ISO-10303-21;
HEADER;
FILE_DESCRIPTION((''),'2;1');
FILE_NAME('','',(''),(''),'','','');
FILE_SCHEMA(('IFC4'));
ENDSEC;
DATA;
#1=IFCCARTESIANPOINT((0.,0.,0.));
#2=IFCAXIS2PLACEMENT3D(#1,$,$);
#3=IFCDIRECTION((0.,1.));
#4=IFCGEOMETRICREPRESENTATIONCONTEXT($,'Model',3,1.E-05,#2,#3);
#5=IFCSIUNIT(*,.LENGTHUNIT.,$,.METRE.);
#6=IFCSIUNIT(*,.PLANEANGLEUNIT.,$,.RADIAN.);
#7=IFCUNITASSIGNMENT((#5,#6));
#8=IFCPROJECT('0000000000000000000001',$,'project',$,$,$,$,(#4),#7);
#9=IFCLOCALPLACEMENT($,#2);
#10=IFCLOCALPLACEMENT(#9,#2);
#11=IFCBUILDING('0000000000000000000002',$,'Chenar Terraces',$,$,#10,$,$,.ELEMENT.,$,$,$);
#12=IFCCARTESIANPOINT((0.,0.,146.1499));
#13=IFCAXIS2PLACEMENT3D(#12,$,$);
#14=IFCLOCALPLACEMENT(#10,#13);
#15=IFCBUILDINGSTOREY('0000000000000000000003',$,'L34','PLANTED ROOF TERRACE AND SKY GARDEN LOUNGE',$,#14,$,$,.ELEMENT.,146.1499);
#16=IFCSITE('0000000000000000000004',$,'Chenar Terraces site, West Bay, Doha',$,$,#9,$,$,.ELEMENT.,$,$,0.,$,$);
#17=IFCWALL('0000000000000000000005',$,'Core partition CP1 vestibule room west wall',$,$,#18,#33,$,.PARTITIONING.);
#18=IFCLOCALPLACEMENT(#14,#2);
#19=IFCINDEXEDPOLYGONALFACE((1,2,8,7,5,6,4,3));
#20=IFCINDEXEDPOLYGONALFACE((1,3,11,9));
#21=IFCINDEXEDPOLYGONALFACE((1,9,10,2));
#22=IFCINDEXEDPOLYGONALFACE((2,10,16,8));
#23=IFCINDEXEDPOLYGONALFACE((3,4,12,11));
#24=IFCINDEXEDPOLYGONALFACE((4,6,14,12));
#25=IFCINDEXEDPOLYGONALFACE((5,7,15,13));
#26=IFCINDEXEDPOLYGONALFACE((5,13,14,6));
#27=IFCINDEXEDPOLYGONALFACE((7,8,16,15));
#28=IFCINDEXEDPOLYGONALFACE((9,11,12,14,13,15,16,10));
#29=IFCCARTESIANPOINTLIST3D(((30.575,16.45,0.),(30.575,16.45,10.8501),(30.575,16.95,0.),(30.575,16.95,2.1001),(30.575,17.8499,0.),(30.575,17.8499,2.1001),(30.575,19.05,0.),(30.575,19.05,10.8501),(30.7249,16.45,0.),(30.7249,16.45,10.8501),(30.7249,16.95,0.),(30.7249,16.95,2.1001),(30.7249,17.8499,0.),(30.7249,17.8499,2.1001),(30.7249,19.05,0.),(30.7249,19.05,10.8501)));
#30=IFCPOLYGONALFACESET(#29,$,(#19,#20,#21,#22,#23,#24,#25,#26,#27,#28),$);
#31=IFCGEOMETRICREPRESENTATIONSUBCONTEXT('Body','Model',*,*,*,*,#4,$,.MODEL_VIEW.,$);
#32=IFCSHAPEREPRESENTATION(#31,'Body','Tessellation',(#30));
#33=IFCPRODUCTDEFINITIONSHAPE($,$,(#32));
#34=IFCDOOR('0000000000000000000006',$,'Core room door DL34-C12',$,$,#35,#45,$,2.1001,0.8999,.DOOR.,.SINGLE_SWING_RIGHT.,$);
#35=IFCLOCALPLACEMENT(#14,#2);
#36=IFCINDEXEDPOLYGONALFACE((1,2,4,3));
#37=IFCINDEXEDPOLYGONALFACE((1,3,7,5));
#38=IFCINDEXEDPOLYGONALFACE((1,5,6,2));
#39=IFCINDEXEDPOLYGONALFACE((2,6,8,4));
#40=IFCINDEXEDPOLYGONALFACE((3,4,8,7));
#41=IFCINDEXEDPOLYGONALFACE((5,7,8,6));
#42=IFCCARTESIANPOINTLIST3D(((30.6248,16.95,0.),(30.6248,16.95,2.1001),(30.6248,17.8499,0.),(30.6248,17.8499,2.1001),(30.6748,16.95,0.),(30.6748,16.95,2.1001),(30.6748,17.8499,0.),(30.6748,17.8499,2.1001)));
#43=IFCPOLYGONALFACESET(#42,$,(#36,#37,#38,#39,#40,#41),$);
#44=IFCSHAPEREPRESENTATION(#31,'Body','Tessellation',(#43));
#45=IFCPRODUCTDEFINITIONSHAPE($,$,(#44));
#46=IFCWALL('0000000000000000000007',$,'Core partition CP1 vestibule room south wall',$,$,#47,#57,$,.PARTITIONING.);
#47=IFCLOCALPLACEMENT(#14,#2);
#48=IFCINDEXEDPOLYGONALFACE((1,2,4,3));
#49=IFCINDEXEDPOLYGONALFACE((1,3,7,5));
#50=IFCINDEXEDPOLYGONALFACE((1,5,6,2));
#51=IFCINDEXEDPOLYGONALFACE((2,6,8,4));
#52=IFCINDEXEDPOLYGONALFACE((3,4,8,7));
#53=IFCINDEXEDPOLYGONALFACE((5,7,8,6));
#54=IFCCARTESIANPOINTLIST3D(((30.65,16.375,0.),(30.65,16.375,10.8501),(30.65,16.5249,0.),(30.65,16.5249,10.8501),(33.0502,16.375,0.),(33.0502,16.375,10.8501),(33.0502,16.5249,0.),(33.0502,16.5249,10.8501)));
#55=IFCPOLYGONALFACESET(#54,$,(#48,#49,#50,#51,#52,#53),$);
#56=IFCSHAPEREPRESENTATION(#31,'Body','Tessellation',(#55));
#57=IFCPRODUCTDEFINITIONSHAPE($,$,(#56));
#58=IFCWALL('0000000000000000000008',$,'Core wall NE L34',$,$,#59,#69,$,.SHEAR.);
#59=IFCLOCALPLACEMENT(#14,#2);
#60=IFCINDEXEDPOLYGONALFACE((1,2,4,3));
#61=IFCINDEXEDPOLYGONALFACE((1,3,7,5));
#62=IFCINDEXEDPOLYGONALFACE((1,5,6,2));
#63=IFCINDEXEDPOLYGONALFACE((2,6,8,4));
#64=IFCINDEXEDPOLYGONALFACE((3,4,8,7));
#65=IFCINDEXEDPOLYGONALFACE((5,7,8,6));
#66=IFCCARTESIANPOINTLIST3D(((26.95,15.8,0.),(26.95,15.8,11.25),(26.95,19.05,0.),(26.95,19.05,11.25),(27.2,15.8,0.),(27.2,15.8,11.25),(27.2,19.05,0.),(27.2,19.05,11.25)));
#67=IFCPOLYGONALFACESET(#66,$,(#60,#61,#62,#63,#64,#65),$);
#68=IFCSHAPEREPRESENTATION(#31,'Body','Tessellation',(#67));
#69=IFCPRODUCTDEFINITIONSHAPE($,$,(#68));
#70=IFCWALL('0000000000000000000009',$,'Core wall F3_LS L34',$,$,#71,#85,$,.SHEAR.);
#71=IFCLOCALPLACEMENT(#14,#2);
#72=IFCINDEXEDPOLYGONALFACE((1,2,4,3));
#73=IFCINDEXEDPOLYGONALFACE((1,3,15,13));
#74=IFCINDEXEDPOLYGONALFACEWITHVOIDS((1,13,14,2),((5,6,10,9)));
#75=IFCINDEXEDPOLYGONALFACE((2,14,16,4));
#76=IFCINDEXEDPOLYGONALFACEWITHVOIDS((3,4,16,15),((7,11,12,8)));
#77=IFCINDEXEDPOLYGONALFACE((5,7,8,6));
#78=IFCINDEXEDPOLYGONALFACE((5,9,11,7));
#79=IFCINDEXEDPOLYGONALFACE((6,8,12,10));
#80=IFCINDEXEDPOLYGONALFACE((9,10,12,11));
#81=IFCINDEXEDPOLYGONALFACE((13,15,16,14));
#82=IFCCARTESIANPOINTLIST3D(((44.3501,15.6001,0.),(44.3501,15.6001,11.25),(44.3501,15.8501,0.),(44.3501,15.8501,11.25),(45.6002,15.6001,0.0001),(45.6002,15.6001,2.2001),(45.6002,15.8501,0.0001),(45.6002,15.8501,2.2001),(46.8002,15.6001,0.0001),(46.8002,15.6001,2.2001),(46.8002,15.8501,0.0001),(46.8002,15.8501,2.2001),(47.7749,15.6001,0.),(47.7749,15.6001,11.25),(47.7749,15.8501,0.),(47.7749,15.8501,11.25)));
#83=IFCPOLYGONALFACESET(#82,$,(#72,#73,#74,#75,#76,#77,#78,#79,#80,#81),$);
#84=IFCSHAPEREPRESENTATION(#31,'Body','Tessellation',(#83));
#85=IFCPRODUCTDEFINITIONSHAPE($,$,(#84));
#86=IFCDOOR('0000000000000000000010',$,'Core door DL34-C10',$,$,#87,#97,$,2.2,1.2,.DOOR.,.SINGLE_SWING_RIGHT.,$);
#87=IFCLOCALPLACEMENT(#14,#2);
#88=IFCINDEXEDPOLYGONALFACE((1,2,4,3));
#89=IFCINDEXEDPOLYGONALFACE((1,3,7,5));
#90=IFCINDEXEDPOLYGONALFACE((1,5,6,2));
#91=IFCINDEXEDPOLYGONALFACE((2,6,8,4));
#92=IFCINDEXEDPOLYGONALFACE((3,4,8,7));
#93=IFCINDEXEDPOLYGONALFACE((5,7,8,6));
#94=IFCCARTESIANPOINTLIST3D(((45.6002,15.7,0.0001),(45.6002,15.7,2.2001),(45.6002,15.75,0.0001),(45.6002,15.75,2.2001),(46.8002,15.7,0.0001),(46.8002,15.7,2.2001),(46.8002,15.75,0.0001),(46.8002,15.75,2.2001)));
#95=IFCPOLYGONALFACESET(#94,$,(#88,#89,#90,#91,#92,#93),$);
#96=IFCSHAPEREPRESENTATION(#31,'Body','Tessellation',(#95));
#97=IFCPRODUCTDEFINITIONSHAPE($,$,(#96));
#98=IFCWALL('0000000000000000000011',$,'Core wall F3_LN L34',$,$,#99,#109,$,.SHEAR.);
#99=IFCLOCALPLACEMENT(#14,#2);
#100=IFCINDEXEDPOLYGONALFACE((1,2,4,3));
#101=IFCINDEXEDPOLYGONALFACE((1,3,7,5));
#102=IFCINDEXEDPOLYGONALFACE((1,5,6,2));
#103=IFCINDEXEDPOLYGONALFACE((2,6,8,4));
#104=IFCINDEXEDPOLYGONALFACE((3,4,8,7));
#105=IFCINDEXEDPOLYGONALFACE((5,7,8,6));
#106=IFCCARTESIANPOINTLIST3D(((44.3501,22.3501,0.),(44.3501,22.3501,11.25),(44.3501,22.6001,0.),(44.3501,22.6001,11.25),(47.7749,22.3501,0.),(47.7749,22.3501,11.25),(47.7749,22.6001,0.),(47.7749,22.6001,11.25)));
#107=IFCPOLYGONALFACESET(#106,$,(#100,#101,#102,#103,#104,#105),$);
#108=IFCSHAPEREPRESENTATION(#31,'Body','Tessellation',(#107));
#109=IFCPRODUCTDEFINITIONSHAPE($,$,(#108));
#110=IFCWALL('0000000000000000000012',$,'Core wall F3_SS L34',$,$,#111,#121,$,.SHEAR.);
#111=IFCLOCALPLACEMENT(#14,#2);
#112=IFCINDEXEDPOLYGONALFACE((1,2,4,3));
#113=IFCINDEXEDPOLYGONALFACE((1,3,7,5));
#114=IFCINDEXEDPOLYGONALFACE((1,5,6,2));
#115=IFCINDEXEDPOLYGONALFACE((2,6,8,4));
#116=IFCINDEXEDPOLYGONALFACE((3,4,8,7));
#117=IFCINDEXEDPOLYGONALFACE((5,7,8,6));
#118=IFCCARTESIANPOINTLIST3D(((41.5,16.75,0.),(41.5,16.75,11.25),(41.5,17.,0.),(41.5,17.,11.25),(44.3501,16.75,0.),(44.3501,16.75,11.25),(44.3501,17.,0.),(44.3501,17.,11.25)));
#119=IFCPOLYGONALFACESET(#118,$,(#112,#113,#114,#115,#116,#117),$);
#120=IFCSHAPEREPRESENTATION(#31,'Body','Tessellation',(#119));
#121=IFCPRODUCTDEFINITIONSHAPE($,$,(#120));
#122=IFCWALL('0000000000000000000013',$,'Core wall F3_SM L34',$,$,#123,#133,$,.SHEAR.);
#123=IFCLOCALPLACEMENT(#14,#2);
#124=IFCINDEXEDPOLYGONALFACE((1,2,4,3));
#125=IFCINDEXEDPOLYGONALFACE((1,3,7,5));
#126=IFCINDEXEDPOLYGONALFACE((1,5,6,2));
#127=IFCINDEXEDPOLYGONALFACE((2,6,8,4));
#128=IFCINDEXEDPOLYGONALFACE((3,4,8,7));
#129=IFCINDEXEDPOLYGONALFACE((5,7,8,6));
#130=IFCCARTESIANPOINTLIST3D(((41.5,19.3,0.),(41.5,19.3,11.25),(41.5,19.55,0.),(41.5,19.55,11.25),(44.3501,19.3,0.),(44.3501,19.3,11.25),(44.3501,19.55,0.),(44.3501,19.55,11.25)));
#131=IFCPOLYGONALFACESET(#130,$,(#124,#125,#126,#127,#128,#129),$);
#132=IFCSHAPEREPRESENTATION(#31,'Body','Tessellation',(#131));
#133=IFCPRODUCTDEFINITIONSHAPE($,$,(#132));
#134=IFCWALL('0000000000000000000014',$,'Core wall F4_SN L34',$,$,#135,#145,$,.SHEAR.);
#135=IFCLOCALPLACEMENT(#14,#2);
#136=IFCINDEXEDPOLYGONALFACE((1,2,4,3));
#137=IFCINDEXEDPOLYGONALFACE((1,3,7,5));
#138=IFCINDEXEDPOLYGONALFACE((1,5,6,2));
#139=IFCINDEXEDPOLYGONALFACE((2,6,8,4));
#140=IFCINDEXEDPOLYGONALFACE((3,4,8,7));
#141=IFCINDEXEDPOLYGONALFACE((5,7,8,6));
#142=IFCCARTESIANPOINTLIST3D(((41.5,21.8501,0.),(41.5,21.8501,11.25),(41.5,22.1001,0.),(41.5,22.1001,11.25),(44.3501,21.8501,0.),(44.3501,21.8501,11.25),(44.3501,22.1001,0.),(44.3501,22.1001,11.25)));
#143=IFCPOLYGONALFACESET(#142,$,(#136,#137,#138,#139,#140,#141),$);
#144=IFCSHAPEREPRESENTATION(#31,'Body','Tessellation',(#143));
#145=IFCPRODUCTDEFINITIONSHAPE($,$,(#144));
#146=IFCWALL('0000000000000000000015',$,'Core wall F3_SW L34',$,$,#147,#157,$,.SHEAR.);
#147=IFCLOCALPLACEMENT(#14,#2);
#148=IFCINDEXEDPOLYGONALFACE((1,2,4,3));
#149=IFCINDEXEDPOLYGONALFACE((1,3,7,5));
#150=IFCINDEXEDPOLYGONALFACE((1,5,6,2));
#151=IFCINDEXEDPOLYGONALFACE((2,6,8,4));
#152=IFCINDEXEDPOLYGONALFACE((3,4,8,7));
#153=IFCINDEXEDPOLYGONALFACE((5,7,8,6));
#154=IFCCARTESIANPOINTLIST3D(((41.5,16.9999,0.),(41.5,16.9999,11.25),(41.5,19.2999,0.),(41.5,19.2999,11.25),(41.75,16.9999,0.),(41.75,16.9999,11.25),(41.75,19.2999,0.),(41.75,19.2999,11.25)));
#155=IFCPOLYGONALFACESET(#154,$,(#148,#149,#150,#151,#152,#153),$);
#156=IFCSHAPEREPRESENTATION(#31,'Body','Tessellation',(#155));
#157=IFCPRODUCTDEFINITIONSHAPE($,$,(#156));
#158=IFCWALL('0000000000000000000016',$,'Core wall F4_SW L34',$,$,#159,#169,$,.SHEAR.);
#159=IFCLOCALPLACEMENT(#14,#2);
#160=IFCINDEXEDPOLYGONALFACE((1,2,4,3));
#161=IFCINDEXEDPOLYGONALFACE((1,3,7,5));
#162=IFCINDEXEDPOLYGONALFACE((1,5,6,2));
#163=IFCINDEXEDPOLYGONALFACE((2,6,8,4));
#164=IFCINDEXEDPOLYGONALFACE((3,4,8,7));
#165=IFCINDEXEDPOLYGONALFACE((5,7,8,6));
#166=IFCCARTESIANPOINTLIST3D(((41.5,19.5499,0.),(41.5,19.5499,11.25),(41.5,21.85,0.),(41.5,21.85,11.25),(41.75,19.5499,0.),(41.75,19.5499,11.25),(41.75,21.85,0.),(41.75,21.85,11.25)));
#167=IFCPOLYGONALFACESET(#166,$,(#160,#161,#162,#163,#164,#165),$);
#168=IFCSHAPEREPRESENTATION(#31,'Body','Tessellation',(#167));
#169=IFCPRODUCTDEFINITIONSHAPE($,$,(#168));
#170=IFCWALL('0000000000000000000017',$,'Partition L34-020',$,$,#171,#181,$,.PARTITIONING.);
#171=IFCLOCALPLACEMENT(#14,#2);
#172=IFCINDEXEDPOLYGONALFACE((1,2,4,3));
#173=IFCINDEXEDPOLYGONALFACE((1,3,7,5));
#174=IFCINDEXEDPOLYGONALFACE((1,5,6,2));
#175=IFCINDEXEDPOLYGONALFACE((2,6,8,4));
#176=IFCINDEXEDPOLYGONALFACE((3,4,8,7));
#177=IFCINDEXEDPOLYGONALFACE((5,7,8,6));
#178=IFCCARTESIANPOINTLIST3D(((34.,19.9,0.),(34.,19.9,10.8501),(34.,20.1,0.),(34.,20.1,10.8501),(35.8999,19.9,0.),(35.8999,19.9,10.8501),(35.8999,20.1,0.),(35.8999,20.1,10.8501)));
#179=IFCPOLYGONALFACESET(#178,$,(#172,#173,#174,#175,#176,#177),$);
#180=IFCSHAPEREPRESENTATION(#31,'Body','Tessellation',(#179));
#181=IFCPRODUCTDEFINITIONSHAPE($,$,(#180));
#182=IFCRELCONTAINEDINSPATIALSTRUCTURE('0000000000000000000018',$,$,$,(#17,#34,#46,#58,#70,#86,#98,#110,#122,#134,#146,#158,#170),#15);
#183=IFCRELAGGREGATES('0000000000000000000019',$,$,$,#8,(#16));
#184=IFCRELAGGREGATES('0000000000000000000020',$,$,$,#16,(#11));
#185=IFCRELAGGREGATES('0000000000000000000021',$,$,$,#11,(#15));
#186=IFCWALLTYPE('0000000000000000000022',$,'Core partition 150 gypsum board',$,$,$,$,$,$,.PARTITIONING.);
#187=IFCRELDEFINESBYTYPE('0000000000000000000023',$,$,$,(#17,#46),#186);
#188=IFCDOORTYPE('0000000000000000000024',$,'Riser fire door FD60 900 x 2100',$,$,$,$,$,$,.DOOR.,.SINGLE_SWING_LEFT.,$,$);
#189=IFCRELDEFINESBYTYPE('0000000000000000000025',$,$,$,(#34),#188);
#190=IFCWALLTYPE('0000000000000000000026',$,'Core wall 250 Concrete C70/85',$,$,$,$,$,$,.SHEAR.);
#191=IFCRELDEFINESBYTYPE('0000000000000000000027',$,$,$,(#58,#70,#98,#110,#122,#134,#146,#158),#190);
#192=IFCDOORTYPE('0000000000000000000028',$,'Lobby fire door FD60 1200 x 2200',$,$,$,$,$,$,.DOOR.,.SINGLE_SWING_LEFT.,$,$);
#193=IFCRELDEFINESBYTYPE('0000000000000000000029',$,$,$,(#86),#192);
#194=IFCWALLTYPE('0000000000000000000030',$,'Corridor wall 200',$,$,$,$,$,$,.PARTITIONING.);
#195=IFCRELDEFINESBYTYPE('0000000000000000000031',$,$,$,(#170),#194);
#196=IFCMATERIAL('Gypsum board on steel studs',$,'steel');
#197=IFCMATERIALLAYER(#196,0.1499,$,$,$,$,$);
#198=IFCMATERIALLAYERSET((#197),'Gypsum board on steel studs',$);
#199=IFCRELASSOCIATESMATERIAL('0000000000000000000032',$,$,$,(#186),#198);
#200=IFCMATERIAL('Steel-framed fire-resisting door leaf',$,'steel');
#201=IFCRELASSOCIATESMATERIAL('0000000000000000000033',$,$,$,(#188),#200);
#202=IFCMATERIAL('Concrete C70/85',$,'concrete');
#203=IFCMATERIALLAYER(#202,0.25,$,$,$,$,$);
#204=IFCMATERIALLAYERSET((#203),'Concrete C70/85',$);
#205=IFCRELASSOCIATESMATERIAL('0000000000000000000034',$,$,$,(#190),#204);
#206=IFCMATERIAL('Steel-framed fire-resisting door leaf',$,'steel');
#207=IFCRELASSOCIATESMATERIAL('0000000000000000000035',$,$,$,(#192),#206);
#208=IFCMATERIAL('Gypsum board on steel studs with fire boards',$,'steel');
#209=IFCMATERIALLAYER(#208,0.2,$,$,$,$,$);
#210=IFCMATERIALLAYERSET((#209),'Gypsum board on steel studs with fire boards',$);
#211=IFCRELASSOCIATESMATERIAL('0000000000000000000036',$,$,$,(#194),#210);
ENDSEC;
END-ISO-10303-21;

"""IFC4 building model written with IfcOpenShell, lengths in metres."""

from ifc_helpers import new_model, si_unit, direction, frame, frame_2d, origin, place, context, subcontext, project, spatial, rectangle, extrude, material, layer, layer_set, type_object, element, fill, save


model = new_model("IFC4")

# Units and contexts
model_context = context("Model", 3, precision=1e-05, world=origin(), true_north=direction((0.0, 1.0)))
body_context = subcontext(model_context, "Body", "Model", "MODEL_VIEW")
ifc_project = project(units=[si_unit("LENGTHUNIT", "METRE"), si_unit("PLANEANGLEUNIT", "RADIAN")], contexts=[model_context])

# Site, building, storey
site_placement = place(None, origin())
site = spatial("IfcSite", under=ifc_project, at=site_placement, Name="Chenar Terraces site, West Bay, Doha", CompositionType="ELEMENT", RefElevation=0.0)
building_placement = place(site_placement, origin())
building = spatial("IfcBuilding", under=site, at=building_placement, Name="Chenar Terraces", CompositionType="ELEMENT")
storey_placement = place(building_placement, frame((0.0, 0.0, 146.1499)))
storey = spatial("IfcBuildingStorey", under=building, at=storey_placement, Name="L34", Description="PLANTED ROOF TERRACE AND SKY GARDEN LOUNGE", CompositionType="ELEMENT", Elevation=146.1499)

# Wall, opening, door
ifc_material_1 = material(Name="Gypsum board on steel studs", Category="steel")
ifc_layer_1 = layer(ifc_material_1, 0.1499)
ifc_layer_set_1 = layer_set([ifc_layer_1], Name="Gypsum board on steel studs")
wall_type_1 = type_object("IfcWallType", Name="Core partition 150 gypsum board", PredefinedType="PARTITIONING", material=ifc_layer_set_1)
wall_1_placement = place(storey_placement, frame((30.6499, 16.45, 0.0), z_axis=(0.0, 0.0, 1.0), x_axis=(0.0, 1.0, 0.0)))
wall_1 = element("IfcWall", 1, at=wall_1_placement, inside=storey, type_object=wall_type_1, Name="Core partition CP1 vestibule room west wall", PredefinedType="PARTITIONING", context=body_context, shape_type="SweptSolid", body=[
    extrude(rectangle(XDim=2.6001, YDim=0.1499, at=frame_2d((1.3, 0.0))), origin(), (0.0, 0.0, 1.0), 10.8501),
])
opening_1_placement = place(wall_1_placement, frame((0.5, 0.0, 0.0)))
opening_1 = element("IfcOpeningElement", 2, at=opening_1_placement, cuts=wall_1, PredefinedType="OPENING", context=body_context, shape_type="SweptSolid", body=[
    extrude(rectangle(XDim=0.8999, YDim=2.1001, at=frame_2d((0.45, 1.05))), frame((0.0, 0.085, 0.0), z_axis=(0.0, -1.0, 0.0), x_axis=(1.0, 0.0, 0.0)), (0.0, 0.0, 1.0), 0.1699),
])
ifc_material_2 = material(Name="Steel-framed fire-resisting door leaf", Category="steel")
door_type_1 = type_object("IfcDoorType", Name="Riser fire door FD60 900 x 2100", OperationType="SINGLE_SWING_LEFT", PredefinedType="DOOR", material=ifc_material_2)
door_1_placement = place(opening_1_placement, frame((0.8999, 0.0, 0.0), z_axis=(0.0, 0.0, 1.0), x_axis=(-1.0, 0.0, 0.0)))
door_1 = element("IfcDoor", 3, at=door_1_placement, inside=storey, type_object=door_type_1, Name="Core room door DL34-C12", OperationType="SINGLE_SWING_RIGHT", OverallHeight=2.1001, OverallWidth=0.8999, PredefinedType="DOOR", context=body_context, shape_type="SweptSolid", body=[
    extrude(rectangle(XDim=0.8999, YDim=2.1001, at=frame_2d((0.45, 1.05))), frame((0.0, 0.0249, 0.0), z_axis=(0.0, -1.0, 0.0), x_axis=(1.0, 0.0, 0.0)), (0.0, 0.0, 1.0), 0.05),
])
fill(opening_1, door_1)

# Walls
wall_2_placement = place(storey_placement, frame((30.6499, 16.45, 0.0), z_axis=(0.0, 0.0, 1.0), x_axis=(1.0, 0.0, 0.0)))
element("IfcWall", 4, at=wall_2_placement, inside=storey, type_object=wall_type_1, Name="Core partition CP1 vestibule room south wall", PredefinedType="PARTITIONING", context=body_context, shape_type="SweptSolid", body=[
    extrude(rectangle(XDim=2.4001, YDim=0.1499, at=frame_2d((1.2002, 0.0))), origin(), (0.0, 0.0, 1.0), 10.8501),
])
ifc_material_3 = material(Name="Concrete C70/85", Category="concrete")
ifc_layer_2 = layer(ifc_material_3, 0.25)
ifc_layer_set_2 = layer_set([ifc_layer_2], Name="Concrete C70/85")
wall_type_2 = type_object("IfcWallType", Name="Core wall 250 Concrete C70/85", PredefinedType="SHEAR", material=ifc_layer_set_2)
wall_3_placement = place(storey_placement, frame((27.075, 15.8, 0.0), z_axis=(0.0, 0.0, 1.0), x_axis=(0.0, 1.0, 0.0)))
element("IfcWall", 5, at=wall_3_placement, inside=storey, type_object=wall_type_2, Name="Core wall NE L34", PredefinedType="SHEAR", context=body_context, shape_type="SweptSolid", body=[
    extrude(rectangle(XDim=3.25, YDim=0.25, at=frame_2d((1.625, 0.0))), origin(), (0.0, 0.0, 1.0), 11.25),
])

# Wall, opening, door
wall_4_placement = place(storey_placement, frame((44.3501, 15.7251, 0.0), z_axis=(0.0, 0.0, 1.0), x_axis=(1.0, 0.0, 0.0)))
wall_4 = element("IfcWall", 6, at=wall_4_placement, inside=storey, type_object=wall_type_2, Name="Core wall F3_LS L34", PredefinedType="SHEAR", context=body_context, shape_type="SweptSolid", body=[
    extrude(rectangle(XDim=3.4248, YDim=0.25, at=frame_2d((1.7124, 0.0))), origin(), (0.0, 0.0, 1.0), 11.25),
])
opening_2_placement = place(wall_4_placement, frame((1.25, 0.0, 0.0)))
opening_2 = element("IfcOpeningElement", 7, at=opening_2_placement, cuts=wall_4, PredefinedType="OPENING", context=body_context, shape_type="SweptSolid", body=[
    extrude(rectangle(XDim=1.2, YDim=2.2, at=frame_2d((0.6001, 1.1001))), frame((0.0, 0.135, 0.0), z_axis=(0.0, -1.0, 0.0), x_axis=(1.0, 0.0, 0.0)), (0.0, 0.0, 1.0), 0.27),
])
ifc_material_4 = material(Name="Steel-framed fire-resisting door leaf", Category="steel")
door_type_2 = type_object("IfcDoorType", Name="Lobby fire door FD60 1200 x 2200", OperationType="SINGLE_SWING_LEFT", PredefinedType="DOOR", material=ifc_material_4)
door_2_placement = place(opening_2_placement, origin())
door_2 = element("IfcDoor", 8, at=door_2_placement, inside=storey, type_object=door_type_2, Name="Core door DL34-C10", OperationType="SINGLE_SWING_RIGHT", OverallHeight=2.2, OverallWidth=1.2, PredefinedType="DOOR", context=body_context, shape_type="SweptSolid", body=[
    extrude(rectangle(XDim=1.2, YDim=2.2, at=frame_2d((0.6001, 1.1001))), frame((0.0, 0.0249, 0.0), z_axis=(0.0, -1.0, 0.0), x_axis=(1.0, 0.0, 0.0)), (0.0, 0.0, 1.0), 0.05),
])
fill(opening_2, door_2)

# Walls
wall_5_placement = place(storey_placement, frame((44.3501, 22.4751, 0.0), z_axis=(0.0, 0.0, 1.0), x_axis=(1.0, 0.0, 0.0)))
element("IfcWall", 9, at=wall_5_placement, inside=storey, type_object=wall_type_2, Name="Core wall F3_LN L34", PredefinedType="SHEAR", context=body_context, shape_type="SweptSolid", body=[
    extrude(rectangle(XDim=3.4248, YDim=0.25, at=frame_2d((1.7124, 0.0))), origin(), (0.0, 0.0, 1.0), 11.25),
])
for number, where, z_axis, x_axis, name in (
    (10, (41.5, 16.875, 0.0), (0.0, 0.0, 1.0), (1.0, 0.0, 0.0), "Core wall F3_SS L34"),
    (11, (41.5, 19.425, 0.0), (0.0, 0.0, 1.0), (1.0, 0.0, 0.0), "Core wall F3_SM L34"),
    (12, (41.5, 21.9751, 0.0), (0.0, 0.0, 1.0), (1.0, 0.0, 0.0), "Core wall F4_SN L34"),
):
    element("IfcWall", number, at=place(storey_placement, frame(where, z_axis=z_axis, x_axis=x_axis)), inside=storey, type_object=wall_type_2, Name=name, PredefinedType="SHEAR", context=body_context, shape_type="SweptSolid", body=[
        extrude(rectangle(XDim=2.8501, YDim=0.25, at=frame_2d((1.425, 0.0))), origin(), (0.0, 0.0, 1.0), 11.25),
    ])
for number, where, z_axis, x_axis, name in (
    (13, (41.625, 17.0, 0.0), (0.0, 0.0, 1.0), (0.0, 1.0, 0.0), "Core wall F3_SW L34"),
    (14, (41.625, 19.55, 0.0), (0.0, 0.0, 1.0), (0.0, 1.0, 0.0), "Core wall F4_SW L34"),
):
    element("IfcWall", number, at=place(storey_placement, frame(where, z_axis=z_axis, x_axis=x_axis)), inside=storey, type_object=wall_type_2, Name=name, PredefinedType="SHEAR", context=body_context, shape_type="SweptSolid", body=[
        extrude(rectangle(XDim=2.3, YDim=0.25, at=frame_2d((1.1499, 0.0))), origin(), (0.0, 0.0, 1.0), 11.25),
    ])
ifc_material_5 = material(Name="Gypsum board on steel studs with fire boards", Category="steel")
ifc_layer_3 = layer(ifc_material_5, 0.2)
ifc_layer_set_3 = layer_set([ifc_layer_3], Name="Gypsum board on steel studs with fire boards")
wall_type_3 = type_object("IfcWallType", Name="Corridor wall 200", PredefinedType="PARTITIONING", material=ifc_layer_set_3)
wall_6_placement = place(storey_placement, frame((34.0, 20.0, 0.0), z_axis=(0.0, 0.0, 1.0), x_axis=(1.0, 0.0, 0.0)))
element("IfcWall", 15, at=wall_6_placement, inside=storey, type_object=wall_type_3, Name="Partition L34-020", PredefinedType="PARTITIONING", context=body_context, shape_type="SweptSolid", body=[
    extrude(rectangle(XDim=1.8999, YDim=0.2, at=frame_2d((0.95, 0.0))), origin(), (0.0, 0.0, 1.0), 10.8501),
])

save(model, "model.ifc")
